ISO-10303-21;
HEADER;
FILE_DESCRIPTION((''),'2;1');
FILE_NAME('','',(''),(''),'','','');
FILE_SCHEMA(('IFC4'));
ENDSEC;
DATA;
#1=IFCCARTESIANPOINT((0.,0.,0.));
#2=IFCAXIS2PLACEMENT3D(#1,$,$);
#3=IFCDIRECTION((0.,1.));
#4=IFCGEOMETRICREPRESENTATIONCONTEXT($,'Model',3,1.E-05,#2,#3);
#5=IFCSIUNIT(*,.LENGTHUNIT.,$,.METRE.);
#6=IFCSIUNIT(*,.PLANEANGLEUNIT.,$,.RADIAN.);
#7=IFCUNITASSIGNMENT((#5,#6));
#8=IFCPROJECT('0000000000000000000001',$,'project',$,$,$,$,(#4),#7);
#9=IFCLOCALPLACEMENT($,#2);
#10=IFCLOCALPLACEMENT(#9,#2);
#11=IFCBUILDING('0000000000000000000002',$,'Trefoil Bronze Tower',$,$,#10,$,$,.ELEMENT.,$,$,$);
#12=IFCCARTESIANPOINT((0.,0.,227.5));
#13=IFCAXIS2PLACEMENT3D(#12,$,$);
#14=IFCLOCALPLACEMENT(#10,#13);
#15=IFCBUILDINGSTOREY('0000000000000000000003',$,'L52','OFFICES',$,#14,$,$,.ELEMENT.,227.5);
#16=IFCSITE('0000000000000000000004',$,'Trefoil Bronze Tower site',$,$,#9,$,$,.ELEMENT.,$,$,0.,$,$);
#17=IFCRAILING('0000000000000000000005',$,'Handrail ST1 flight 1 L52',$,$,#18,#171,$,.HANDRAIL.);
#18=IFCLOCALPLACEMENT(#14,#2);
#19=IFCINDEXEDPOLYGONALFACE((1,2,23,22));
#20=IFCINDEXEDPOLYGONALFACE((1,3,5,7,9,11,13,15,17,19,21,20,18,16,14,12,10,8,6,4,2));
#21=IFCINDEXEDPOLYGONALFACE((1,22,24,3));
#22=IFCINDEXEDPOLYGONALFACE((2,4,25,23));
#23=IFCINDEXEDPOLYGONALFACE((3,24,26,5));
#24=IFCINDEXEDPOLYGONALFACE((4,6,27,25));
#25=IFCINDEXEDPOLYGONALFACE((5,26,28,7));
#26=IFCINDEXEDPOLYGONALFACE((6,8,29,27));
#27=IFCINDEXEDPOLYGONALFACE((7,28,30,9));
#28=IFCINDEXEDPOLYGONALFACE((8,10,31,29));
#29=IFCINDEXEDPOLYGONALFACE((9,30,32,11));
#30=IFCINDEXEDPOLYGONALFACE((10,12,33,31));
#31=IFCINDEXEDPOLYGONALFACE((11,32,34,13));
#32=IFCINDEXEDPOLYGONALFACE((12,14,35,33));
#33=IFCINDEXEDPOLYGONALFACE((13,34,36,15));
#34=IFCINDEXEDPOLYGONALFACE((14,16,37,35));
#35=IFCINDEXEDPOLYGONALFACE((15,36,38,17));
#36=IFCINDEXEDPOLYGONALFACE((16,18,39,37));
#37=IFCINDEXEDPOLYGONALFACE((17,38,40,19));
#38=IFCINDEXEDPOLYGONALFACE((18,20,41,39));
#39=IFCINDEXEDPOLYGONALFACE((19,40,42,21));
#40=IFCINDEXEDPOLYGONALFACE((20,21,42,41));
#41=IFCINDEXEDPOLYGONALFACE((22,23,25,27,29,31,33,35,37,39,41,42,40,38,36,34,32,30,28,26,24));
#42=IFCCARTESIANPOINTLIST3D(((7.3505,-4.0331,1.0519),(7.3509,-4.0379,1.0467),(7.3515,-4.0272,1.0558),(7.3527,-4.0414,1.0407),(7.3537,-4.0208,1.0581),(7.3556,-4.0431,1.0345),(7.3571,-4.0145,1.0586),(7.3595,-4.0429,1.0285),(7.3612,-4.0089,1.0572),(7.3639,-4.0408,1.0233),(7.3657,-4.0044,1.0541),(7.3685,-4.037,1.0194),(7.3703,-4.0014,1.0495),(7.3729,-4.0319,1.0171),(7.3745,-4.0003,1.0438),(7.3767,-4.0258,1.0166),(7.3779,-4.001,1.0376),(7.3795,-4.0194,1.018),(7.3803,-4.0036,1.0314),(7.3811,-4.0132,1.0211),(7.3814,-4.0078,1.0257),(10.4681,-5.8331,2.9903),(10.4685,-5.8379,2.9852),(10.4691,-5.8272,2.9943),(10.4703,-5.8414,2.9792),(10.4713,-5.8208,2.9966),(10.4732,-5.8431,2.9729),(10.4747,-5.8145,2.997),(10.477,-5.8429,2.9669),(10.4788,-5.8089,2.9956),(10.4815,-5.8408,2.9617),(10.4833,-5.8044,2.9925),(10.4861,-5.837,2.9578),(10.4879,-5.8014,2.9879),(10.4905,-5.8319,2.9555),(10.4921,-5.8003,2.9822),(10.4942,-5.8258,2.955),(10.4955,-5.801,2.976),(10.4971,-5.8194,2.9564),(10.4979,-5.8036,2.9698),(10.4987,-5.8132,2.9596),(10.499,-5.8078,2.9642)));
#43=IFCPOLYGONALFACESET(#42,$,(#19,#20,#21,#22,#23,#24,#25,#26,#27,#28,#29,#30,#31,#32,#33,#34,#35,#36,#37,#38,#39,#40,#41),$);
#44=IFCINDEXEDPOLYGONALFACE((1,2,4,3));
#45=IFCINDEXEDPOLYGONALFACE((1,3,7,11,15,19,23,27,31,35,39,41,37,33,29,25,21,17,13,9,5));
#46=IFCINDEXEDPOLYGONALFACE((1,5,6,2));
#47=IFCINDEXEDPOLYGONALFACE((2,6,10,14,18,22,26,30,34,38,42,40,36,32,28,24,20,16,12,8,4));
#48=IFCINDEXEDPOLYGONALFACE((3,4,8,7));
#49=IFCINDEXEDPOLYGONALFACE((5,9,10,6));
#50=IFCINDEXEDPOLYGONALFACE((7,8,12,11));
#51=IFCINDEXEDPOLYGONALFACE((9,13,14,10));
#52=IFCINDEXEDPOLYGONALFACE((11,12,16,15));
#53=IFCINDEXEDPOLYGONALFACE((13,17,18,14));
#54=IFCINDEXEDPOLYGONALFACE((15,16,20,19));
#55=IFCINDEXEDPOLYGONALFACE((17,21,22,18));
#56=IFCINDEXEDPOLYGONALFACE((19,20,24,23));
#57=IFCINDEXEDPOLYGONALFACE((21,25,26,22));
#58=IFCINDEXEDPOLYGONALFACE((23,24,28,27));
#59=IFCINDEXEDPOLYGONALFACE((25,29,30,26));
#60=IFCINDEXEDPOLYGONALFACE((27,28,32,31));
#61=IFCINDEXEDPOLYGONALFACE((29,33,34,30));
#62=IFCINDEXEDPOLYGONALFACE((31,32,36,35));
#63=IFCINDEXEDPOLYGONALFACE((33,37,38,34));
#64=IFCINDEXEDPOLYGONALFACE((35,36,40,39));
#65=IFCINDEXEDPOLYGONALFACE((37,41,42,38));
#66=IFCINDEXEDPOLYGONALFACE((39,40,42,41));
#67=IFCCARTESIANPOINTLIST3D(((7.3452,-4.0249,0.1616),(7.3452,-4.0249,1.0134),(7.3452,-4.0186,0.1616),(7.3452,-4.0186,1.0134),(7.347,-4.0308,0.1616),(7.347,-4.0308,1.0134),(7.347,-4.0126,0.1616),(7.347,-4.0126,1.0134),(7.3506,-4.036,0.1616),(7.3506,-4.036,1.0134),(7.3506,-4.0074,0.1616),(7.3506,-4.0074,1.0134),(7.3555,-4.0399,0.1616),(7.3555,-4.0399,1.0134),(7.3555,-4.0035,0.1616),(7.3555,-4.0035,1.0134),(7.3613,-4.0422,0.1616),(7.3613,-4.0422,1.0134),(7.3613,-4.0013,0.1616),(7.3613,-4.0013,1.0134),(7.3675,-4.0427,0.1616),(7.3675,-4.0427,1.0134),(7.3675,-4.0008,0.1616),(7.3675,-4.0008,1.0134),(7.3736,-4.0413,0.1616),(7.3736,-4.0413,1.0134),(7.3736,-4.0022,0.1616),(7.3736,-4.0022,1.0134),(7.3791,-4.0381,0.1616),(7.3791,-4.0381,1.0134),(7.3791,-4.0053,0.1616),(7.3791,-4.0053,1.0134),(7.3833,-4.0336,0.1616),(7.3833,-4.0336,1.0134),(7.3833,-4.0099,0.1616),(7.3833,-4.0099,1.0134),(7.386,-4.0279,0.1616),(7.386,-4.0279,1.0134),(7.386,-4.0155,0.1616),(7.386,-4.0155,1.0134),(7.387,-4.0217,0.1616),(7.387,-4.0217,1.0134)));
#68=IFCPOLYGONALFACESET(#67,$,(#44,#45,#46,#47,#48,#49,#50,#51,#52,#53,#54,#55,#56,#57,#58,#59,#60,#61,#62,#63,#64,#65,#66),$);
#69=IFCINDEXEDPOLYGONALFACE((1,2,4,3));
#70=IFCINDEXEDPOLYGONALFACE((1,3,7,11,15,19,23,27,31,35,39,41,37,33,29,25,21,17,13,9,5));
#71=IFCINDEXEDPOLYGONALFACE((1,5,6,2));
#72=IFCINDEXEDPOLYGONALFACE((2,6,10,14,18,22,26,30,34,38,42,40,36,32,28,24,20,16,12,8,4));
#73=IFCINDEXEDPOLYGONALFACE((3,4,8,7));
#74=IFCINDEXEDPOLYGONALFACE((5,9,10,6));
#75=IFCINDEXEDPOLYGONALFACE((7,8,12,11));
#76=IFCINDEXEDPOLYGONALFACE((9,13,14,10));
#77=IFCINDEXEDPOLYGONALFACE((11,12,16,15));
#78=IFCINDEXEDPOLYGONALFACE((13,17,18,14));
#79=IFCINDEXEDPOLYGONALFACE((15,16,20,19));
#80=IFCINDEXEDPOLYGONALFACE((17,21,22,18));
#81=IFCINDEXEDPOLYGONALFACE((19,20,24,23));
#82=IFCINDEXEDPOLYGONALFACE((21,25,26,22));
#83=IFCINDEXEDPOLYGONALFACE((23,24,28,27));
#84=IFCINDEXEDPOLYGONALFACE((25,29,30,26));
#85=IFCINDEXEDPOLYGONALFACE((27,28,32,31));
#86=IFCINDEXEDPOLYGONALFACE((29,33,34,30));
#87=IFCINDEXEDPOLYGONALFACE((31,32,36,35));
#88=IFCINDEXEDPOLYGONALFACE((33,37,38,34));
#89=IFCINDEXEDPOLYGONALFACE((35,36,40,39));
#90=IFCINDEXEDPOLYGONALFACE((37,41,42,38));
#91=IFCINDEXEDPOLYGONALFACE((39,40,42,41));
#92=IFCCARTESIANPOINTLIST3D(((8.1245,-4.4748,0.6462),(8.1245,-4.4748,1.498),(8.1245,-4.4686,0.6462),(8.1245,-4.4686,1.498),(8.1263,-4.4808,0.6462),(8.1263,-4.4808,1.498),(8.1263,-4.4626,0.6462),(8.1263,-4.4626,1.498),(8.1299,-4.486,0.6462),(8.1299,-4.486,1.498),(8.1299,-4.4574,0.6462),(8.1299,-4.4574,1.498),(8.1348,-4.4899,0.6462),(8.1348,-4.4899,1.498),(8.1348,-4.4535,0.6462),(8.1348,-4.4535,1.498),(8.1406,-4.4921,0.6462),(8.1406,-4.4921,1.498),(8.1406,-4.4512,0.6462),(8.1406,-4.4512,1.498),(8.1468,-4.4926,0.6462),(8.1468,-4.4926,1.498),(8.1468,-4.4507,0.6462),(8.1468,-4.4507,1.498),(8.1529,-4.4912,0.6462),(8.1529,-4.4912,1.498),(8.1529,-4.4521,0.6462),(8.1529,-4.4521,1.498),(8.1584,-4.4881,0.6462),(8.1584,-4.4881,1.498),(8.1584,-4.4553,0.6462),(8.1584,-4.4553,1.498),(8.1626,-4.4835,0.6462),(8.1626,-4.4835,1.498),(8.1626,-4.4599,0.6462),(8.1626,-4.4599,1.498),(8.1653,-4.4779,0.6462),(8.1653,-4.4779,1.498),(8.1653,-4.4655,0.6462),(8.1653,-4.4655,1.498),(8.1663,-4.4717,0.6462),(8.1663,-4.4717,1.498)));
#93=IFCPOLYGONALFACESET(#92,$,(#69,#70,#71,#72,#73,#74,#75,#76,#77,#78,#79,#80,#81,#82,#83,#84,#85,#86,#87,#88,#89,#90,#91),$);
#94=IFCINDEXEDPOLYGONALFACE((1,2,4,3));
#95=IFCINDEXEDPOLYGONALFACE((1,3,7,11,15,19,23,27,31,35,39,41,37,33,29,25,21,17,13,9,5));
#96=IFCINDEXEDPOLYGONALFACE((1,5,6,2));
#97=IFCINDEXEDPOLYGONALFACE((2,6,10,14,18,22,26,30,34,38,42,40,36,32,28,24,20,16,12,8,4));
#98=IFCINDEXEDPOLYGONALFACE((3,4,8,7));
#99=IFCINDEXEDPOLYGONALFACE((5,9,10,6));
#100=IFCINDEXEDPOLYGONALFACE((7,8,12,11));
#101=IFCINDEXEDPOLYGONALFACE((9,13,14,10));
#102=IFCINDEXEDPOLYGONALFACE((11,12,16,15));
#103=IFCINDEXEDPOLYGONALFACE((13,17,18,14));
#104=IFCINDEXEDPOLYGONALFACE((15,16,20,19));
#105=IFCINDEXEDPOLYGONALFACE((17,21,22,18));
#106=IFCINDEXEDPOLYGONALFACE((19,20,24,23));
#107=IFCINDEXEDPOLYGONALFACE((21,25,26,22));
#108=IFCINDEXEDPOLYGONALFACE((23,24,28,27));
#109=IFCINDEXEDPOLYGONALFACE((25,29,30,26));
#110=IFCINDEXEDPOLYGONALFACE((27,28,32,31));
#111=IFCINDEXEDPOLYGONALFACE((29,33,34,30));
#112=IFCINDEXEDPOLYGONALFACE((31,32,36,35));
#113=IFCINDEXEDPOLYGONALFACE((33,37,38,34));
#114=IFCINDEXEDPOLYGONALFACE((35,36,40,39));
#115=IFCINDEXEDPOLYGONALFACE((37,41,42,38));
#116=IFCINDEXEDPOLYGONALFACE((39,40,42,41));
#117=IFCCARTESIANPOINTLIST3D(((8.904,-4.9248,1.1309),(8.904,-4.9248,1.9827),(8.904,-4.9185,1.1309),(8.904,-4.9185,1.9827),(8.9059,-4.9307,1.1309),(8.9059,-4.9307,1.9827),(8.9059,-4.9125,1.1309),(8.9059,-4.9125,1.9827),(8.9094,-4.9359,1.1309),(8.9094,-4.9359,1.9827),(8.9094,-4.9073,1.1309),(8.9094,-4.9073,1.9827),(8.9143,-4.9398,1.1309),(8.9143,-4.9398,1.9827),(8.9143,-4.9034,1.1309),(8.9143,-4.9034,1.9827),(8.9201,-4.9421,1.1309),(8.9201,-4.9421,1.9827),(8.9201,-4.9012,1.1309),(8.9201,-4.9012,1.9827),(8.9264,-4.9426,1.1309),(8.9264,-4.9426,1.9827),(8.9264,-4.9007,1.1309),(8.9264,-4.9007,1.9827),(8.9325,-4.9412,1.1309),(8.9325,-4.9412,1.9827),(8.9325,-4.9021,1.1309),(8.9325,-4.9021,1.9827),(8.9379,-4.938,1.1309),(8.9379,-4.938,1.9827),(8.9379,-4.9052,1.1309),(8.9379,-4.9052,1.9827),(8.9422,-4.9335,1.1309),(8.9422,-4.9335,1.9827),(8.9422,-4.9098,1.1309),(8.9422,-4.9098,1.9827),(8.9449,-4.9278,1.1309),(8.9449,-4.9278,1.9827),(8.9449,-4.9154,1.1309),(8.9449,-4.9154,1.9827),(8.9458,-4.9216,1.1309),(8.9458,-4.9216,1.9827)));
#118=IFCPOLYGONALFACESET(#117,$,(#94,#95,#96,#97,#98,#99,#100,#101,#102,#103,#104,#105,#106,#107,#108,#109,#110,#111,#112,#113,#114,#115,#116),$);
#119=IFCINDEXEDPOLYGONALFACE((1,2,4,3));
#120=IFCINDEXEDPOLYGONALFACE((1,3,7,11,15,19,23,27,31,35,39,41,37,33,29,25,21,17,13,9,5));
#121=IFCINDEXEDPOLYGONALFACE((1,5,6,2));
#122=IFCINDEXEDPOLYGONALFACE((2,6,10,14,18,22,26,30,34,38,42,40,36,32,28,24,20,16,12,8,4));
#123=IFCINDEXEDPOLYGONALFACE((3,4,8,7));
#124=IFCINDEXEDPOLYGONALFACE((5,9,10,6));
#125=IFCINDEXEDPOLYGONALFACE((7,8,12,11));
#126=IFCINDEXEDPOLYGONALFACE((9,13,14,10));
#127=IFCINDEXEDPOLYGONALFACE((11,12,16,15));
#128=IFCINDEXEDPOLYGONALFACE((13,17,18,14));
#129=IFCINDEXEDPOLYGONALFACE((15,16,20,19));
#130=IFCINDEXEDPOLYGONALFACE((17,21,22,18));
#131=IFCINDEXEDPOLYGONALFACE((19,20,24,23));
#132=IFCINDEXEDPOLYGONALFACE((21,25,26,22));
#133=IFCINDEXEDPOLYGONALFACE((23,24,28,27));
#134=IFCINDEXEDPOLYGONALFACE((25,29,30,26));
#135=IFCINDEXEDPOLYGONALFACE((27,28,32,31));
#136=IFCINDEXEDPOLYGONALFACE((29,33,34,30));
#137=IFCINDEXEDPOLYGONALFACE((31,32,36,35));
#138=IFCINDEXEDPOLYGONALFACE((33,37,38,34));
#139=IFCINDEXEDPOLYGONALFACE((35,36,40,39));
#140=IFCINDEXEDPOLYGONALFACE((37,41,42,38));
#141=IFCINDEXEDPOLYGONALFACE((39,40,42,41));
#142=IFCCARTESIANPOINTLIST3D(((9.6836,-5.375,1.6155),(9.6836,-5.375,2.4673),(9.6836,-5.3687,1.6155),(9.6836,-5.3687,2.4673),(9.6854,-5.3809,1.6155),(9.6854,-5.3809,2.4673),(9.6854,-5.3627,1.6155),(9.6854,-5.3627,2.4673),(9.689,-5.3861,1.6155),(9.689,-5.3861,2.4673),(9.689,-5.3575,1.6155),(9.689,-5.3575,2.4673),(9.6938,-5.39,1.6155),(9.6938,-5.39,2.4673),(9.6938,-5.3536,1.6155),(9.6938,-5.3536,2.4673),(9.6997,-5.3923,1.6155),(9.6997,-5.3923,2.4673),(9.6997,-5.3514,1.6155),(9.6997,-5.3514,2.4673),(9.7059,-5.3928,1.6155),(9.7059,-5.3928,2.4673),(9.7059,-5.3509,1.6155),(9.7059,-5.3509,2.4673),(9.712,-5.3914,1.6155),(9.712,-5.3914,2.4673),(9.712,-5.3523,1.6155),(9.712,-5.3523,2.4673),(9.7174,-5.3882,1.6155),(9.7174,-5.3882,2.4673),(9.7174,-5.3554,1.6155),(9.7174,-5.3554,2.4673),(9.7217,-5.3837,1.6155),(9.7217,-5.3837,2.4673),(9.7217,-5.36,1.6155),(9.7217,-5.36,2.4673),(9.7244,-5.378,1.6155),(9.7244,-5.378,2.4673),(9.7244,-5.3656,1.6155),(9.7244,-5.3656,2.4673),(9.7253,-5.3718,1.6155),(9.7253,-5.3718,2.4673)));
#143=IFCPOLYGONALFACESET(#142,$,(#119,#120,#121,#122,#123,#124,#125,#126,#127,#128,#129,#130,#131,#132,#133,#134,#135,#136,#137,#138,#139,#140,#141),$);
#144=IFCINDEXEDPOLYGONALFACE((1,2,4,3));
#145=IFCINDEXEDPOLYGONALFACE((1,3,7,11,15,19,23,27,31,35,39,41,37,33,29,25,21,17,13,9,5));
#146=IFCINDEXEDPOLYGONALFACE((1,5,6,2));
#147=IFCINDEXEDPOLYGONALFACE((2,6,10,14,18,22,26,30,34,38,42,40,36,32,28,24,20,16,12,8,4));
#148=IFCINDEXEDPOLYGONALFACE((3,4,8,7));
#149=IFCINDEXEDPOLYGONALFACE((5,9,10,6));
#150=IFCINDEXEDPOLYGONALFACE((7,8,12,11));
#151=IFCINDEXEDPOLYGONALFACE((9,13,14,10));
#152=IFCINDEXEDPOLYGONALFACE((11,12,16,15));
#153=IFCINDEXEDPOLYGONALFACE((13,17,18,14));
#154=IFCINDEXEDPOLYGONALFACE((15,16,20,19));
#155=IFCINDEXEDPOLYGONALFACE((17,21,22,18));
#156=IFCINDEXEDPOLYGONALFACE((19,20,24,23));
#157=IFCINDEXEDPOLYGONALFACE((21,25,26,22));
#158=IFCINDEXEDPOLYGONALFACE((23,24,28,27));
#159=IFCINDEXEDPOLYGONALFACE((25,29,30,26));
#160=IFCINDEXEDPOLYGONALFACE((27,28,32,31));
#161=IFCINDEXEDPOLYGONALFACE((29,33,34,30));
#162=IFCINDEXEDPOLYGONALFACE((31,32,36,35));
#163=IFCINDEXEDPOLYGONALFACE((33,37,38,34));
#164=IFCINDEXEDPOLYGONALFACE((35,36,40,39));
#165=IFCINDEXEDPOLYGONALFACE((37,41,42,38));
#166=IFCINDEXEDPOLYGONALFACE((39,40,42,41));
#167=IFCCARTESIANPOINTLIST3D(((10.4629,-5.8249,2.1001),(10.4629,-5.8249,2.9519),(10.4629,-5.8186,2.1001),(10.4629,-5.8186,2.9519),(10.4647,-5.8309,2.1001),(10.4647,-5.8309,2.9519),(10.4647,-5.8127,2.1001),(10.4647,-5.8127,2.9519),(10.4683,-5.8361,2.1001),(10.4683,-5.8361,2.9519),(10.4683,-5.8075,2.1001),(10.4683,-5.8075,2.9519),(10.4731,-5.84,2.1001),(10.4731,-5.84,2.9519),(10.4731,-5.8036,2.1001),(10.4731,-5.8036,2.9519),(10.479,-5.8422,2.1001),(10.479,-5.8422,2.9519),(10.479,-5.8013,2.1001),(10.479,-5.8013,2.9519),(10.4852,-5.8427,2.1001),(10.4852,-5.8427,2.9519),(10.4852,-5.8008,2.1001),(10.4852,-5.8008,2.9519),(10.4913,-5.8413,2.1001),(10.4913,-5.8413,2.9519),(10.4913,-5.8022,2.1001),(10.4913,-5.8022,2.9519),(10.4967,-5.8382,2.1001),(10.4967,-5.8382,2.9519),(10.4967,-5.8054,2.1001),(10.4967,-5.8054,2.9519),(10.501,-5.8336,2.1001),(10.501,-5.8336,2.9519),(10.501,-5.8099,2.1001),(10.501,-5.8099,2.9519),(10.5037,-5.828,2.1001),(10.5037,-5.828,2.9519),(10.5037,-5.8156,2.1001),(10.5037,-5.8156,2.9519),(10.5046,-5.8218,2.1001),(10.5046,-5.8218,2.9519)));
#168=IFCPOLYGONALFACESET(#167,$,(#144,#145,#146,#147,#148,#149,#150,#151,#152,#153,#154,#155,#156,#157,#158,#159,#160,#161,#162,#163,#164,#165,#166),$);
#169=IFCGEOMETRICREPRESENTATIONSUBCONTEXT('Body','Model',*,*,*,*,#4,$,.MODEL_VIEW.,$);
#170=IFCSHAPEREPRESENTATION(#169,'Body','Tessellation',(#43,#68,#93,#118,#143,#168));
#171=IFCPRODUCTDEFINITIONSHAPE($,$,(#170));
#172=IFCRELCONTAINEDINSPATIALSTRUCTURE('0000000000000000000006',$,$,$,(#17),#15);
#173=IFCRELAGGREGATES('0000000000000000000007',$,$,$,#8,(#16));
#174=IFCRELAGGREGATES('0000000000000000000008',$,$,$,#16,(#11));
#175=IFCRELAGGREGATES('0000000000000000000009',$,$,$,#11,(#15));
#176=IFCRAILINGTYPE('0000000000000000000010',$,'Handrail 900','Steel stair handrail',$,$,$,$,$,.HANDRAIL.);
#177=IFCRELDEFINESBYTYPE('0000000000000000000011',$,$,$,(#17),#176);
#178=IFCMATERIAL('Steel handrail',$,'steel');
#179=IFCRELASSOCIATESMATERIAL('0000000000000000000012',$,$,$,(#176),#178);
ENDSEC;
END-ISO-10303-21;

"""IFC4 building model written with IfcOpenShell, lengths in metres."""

from ifc_helpers import new_model, si_unit, direction, frame, origin, origin_2d, place, context, subcontext, project, spatial, circle, extrude, material, type_object, element, save


model = new_model("IFC4")

# Units and contexts
model_context = context("Model", 3, precision=1e-05, world=origin(), true_north=direction((0.0, 1.0)))
body_context = subcontext(model_context, "Body", "Model", "MODEL_VIEW")
ifc_project = project(units=[si_unit("LENGTHUNIT", "METRE"), si_unit("PLANEANGLEUNIT", "RADIAN")], contexts=[model_context])

# Site, building, storey
site_placement = place(None, origin())
site = spatial("IfcSite", under=ifc_project, at=site_placement, Name="Trefoil Bronze Tower site", CompositionType="ELEMENT", RefElevation=0.0)
building_placement = place(site_placement, origin())
building = spatial("IfcBuilding", under=site, at=building_placement, Name="Trefoil Bronze Tower", CompositionType="ELEMENT")
storey_placement = place(building_placement, frame((0.0, 0.0, 227.5)))
storey = spatial("IfcBuildingStorey", under=building, at=storey_placement, Name="L52", Description="OFFICES", CompositionType="ELEMENT", Elevation=227.5)

# Railing
ifc_material_1 = material(Name="Steel handrail", Category="steel")
railing_type = type_object("IfcRailingType", Name="Handrail 900", Description="Steel stair handrail", PredefinedType="HANDRAIL", material=ifc_material_1)
railing_1_placement = place(storey_placement, frame((7.366, -4.0217, 0.1616)))
element("IfcRailing", 1, at=railing_1_placement, inside=storey, type_object=railing_type, Name="Handrail ST1 flight 1 L52", PredefinedType="HANDRAIL", context=body_context, shape_type="SweptSolid", body=[
    extrude(circle(Radius=0.0239, at=origin_2d()), frame((0.0, 0.0, 0.876), z_axis=(0.762503, -0.440246, 0.474102), x_axis=(0.500012, 0.866018, 0.0)), (0.0, 0.0, 1.0), 4.0886),
    extrude(circle(Radius=0.021, at=origin_2d()), origin(), (0.0, 0.0, 1.0), 0.8518),
    extrude(circle(Radius=0.021, at=origin_2d()), frame((0.7793, -0.45, 0.4846)), (0.0, 0.0, 1.0), 0.8518),
    extrude(circle(Radius=0.021, at=origin_2d()), frame((1.5588, -0.8999, 0.9692)), (0.0, 0.0, 1.0), 0.8518),
    extrude(circle(Radius=0.021, at=origin_2d()), frame((2.3384, -1.3501, 1.4539)), (0.0, 0.0, 1.0), 0.8518),
    extrude(circle(Radius=0.021, at=origin_2d()), frame((3.1177, -1.8, 1.9385)), (0.0, 0.0, 1.0), 0.8518),
])

save(model, "model.ifc")
